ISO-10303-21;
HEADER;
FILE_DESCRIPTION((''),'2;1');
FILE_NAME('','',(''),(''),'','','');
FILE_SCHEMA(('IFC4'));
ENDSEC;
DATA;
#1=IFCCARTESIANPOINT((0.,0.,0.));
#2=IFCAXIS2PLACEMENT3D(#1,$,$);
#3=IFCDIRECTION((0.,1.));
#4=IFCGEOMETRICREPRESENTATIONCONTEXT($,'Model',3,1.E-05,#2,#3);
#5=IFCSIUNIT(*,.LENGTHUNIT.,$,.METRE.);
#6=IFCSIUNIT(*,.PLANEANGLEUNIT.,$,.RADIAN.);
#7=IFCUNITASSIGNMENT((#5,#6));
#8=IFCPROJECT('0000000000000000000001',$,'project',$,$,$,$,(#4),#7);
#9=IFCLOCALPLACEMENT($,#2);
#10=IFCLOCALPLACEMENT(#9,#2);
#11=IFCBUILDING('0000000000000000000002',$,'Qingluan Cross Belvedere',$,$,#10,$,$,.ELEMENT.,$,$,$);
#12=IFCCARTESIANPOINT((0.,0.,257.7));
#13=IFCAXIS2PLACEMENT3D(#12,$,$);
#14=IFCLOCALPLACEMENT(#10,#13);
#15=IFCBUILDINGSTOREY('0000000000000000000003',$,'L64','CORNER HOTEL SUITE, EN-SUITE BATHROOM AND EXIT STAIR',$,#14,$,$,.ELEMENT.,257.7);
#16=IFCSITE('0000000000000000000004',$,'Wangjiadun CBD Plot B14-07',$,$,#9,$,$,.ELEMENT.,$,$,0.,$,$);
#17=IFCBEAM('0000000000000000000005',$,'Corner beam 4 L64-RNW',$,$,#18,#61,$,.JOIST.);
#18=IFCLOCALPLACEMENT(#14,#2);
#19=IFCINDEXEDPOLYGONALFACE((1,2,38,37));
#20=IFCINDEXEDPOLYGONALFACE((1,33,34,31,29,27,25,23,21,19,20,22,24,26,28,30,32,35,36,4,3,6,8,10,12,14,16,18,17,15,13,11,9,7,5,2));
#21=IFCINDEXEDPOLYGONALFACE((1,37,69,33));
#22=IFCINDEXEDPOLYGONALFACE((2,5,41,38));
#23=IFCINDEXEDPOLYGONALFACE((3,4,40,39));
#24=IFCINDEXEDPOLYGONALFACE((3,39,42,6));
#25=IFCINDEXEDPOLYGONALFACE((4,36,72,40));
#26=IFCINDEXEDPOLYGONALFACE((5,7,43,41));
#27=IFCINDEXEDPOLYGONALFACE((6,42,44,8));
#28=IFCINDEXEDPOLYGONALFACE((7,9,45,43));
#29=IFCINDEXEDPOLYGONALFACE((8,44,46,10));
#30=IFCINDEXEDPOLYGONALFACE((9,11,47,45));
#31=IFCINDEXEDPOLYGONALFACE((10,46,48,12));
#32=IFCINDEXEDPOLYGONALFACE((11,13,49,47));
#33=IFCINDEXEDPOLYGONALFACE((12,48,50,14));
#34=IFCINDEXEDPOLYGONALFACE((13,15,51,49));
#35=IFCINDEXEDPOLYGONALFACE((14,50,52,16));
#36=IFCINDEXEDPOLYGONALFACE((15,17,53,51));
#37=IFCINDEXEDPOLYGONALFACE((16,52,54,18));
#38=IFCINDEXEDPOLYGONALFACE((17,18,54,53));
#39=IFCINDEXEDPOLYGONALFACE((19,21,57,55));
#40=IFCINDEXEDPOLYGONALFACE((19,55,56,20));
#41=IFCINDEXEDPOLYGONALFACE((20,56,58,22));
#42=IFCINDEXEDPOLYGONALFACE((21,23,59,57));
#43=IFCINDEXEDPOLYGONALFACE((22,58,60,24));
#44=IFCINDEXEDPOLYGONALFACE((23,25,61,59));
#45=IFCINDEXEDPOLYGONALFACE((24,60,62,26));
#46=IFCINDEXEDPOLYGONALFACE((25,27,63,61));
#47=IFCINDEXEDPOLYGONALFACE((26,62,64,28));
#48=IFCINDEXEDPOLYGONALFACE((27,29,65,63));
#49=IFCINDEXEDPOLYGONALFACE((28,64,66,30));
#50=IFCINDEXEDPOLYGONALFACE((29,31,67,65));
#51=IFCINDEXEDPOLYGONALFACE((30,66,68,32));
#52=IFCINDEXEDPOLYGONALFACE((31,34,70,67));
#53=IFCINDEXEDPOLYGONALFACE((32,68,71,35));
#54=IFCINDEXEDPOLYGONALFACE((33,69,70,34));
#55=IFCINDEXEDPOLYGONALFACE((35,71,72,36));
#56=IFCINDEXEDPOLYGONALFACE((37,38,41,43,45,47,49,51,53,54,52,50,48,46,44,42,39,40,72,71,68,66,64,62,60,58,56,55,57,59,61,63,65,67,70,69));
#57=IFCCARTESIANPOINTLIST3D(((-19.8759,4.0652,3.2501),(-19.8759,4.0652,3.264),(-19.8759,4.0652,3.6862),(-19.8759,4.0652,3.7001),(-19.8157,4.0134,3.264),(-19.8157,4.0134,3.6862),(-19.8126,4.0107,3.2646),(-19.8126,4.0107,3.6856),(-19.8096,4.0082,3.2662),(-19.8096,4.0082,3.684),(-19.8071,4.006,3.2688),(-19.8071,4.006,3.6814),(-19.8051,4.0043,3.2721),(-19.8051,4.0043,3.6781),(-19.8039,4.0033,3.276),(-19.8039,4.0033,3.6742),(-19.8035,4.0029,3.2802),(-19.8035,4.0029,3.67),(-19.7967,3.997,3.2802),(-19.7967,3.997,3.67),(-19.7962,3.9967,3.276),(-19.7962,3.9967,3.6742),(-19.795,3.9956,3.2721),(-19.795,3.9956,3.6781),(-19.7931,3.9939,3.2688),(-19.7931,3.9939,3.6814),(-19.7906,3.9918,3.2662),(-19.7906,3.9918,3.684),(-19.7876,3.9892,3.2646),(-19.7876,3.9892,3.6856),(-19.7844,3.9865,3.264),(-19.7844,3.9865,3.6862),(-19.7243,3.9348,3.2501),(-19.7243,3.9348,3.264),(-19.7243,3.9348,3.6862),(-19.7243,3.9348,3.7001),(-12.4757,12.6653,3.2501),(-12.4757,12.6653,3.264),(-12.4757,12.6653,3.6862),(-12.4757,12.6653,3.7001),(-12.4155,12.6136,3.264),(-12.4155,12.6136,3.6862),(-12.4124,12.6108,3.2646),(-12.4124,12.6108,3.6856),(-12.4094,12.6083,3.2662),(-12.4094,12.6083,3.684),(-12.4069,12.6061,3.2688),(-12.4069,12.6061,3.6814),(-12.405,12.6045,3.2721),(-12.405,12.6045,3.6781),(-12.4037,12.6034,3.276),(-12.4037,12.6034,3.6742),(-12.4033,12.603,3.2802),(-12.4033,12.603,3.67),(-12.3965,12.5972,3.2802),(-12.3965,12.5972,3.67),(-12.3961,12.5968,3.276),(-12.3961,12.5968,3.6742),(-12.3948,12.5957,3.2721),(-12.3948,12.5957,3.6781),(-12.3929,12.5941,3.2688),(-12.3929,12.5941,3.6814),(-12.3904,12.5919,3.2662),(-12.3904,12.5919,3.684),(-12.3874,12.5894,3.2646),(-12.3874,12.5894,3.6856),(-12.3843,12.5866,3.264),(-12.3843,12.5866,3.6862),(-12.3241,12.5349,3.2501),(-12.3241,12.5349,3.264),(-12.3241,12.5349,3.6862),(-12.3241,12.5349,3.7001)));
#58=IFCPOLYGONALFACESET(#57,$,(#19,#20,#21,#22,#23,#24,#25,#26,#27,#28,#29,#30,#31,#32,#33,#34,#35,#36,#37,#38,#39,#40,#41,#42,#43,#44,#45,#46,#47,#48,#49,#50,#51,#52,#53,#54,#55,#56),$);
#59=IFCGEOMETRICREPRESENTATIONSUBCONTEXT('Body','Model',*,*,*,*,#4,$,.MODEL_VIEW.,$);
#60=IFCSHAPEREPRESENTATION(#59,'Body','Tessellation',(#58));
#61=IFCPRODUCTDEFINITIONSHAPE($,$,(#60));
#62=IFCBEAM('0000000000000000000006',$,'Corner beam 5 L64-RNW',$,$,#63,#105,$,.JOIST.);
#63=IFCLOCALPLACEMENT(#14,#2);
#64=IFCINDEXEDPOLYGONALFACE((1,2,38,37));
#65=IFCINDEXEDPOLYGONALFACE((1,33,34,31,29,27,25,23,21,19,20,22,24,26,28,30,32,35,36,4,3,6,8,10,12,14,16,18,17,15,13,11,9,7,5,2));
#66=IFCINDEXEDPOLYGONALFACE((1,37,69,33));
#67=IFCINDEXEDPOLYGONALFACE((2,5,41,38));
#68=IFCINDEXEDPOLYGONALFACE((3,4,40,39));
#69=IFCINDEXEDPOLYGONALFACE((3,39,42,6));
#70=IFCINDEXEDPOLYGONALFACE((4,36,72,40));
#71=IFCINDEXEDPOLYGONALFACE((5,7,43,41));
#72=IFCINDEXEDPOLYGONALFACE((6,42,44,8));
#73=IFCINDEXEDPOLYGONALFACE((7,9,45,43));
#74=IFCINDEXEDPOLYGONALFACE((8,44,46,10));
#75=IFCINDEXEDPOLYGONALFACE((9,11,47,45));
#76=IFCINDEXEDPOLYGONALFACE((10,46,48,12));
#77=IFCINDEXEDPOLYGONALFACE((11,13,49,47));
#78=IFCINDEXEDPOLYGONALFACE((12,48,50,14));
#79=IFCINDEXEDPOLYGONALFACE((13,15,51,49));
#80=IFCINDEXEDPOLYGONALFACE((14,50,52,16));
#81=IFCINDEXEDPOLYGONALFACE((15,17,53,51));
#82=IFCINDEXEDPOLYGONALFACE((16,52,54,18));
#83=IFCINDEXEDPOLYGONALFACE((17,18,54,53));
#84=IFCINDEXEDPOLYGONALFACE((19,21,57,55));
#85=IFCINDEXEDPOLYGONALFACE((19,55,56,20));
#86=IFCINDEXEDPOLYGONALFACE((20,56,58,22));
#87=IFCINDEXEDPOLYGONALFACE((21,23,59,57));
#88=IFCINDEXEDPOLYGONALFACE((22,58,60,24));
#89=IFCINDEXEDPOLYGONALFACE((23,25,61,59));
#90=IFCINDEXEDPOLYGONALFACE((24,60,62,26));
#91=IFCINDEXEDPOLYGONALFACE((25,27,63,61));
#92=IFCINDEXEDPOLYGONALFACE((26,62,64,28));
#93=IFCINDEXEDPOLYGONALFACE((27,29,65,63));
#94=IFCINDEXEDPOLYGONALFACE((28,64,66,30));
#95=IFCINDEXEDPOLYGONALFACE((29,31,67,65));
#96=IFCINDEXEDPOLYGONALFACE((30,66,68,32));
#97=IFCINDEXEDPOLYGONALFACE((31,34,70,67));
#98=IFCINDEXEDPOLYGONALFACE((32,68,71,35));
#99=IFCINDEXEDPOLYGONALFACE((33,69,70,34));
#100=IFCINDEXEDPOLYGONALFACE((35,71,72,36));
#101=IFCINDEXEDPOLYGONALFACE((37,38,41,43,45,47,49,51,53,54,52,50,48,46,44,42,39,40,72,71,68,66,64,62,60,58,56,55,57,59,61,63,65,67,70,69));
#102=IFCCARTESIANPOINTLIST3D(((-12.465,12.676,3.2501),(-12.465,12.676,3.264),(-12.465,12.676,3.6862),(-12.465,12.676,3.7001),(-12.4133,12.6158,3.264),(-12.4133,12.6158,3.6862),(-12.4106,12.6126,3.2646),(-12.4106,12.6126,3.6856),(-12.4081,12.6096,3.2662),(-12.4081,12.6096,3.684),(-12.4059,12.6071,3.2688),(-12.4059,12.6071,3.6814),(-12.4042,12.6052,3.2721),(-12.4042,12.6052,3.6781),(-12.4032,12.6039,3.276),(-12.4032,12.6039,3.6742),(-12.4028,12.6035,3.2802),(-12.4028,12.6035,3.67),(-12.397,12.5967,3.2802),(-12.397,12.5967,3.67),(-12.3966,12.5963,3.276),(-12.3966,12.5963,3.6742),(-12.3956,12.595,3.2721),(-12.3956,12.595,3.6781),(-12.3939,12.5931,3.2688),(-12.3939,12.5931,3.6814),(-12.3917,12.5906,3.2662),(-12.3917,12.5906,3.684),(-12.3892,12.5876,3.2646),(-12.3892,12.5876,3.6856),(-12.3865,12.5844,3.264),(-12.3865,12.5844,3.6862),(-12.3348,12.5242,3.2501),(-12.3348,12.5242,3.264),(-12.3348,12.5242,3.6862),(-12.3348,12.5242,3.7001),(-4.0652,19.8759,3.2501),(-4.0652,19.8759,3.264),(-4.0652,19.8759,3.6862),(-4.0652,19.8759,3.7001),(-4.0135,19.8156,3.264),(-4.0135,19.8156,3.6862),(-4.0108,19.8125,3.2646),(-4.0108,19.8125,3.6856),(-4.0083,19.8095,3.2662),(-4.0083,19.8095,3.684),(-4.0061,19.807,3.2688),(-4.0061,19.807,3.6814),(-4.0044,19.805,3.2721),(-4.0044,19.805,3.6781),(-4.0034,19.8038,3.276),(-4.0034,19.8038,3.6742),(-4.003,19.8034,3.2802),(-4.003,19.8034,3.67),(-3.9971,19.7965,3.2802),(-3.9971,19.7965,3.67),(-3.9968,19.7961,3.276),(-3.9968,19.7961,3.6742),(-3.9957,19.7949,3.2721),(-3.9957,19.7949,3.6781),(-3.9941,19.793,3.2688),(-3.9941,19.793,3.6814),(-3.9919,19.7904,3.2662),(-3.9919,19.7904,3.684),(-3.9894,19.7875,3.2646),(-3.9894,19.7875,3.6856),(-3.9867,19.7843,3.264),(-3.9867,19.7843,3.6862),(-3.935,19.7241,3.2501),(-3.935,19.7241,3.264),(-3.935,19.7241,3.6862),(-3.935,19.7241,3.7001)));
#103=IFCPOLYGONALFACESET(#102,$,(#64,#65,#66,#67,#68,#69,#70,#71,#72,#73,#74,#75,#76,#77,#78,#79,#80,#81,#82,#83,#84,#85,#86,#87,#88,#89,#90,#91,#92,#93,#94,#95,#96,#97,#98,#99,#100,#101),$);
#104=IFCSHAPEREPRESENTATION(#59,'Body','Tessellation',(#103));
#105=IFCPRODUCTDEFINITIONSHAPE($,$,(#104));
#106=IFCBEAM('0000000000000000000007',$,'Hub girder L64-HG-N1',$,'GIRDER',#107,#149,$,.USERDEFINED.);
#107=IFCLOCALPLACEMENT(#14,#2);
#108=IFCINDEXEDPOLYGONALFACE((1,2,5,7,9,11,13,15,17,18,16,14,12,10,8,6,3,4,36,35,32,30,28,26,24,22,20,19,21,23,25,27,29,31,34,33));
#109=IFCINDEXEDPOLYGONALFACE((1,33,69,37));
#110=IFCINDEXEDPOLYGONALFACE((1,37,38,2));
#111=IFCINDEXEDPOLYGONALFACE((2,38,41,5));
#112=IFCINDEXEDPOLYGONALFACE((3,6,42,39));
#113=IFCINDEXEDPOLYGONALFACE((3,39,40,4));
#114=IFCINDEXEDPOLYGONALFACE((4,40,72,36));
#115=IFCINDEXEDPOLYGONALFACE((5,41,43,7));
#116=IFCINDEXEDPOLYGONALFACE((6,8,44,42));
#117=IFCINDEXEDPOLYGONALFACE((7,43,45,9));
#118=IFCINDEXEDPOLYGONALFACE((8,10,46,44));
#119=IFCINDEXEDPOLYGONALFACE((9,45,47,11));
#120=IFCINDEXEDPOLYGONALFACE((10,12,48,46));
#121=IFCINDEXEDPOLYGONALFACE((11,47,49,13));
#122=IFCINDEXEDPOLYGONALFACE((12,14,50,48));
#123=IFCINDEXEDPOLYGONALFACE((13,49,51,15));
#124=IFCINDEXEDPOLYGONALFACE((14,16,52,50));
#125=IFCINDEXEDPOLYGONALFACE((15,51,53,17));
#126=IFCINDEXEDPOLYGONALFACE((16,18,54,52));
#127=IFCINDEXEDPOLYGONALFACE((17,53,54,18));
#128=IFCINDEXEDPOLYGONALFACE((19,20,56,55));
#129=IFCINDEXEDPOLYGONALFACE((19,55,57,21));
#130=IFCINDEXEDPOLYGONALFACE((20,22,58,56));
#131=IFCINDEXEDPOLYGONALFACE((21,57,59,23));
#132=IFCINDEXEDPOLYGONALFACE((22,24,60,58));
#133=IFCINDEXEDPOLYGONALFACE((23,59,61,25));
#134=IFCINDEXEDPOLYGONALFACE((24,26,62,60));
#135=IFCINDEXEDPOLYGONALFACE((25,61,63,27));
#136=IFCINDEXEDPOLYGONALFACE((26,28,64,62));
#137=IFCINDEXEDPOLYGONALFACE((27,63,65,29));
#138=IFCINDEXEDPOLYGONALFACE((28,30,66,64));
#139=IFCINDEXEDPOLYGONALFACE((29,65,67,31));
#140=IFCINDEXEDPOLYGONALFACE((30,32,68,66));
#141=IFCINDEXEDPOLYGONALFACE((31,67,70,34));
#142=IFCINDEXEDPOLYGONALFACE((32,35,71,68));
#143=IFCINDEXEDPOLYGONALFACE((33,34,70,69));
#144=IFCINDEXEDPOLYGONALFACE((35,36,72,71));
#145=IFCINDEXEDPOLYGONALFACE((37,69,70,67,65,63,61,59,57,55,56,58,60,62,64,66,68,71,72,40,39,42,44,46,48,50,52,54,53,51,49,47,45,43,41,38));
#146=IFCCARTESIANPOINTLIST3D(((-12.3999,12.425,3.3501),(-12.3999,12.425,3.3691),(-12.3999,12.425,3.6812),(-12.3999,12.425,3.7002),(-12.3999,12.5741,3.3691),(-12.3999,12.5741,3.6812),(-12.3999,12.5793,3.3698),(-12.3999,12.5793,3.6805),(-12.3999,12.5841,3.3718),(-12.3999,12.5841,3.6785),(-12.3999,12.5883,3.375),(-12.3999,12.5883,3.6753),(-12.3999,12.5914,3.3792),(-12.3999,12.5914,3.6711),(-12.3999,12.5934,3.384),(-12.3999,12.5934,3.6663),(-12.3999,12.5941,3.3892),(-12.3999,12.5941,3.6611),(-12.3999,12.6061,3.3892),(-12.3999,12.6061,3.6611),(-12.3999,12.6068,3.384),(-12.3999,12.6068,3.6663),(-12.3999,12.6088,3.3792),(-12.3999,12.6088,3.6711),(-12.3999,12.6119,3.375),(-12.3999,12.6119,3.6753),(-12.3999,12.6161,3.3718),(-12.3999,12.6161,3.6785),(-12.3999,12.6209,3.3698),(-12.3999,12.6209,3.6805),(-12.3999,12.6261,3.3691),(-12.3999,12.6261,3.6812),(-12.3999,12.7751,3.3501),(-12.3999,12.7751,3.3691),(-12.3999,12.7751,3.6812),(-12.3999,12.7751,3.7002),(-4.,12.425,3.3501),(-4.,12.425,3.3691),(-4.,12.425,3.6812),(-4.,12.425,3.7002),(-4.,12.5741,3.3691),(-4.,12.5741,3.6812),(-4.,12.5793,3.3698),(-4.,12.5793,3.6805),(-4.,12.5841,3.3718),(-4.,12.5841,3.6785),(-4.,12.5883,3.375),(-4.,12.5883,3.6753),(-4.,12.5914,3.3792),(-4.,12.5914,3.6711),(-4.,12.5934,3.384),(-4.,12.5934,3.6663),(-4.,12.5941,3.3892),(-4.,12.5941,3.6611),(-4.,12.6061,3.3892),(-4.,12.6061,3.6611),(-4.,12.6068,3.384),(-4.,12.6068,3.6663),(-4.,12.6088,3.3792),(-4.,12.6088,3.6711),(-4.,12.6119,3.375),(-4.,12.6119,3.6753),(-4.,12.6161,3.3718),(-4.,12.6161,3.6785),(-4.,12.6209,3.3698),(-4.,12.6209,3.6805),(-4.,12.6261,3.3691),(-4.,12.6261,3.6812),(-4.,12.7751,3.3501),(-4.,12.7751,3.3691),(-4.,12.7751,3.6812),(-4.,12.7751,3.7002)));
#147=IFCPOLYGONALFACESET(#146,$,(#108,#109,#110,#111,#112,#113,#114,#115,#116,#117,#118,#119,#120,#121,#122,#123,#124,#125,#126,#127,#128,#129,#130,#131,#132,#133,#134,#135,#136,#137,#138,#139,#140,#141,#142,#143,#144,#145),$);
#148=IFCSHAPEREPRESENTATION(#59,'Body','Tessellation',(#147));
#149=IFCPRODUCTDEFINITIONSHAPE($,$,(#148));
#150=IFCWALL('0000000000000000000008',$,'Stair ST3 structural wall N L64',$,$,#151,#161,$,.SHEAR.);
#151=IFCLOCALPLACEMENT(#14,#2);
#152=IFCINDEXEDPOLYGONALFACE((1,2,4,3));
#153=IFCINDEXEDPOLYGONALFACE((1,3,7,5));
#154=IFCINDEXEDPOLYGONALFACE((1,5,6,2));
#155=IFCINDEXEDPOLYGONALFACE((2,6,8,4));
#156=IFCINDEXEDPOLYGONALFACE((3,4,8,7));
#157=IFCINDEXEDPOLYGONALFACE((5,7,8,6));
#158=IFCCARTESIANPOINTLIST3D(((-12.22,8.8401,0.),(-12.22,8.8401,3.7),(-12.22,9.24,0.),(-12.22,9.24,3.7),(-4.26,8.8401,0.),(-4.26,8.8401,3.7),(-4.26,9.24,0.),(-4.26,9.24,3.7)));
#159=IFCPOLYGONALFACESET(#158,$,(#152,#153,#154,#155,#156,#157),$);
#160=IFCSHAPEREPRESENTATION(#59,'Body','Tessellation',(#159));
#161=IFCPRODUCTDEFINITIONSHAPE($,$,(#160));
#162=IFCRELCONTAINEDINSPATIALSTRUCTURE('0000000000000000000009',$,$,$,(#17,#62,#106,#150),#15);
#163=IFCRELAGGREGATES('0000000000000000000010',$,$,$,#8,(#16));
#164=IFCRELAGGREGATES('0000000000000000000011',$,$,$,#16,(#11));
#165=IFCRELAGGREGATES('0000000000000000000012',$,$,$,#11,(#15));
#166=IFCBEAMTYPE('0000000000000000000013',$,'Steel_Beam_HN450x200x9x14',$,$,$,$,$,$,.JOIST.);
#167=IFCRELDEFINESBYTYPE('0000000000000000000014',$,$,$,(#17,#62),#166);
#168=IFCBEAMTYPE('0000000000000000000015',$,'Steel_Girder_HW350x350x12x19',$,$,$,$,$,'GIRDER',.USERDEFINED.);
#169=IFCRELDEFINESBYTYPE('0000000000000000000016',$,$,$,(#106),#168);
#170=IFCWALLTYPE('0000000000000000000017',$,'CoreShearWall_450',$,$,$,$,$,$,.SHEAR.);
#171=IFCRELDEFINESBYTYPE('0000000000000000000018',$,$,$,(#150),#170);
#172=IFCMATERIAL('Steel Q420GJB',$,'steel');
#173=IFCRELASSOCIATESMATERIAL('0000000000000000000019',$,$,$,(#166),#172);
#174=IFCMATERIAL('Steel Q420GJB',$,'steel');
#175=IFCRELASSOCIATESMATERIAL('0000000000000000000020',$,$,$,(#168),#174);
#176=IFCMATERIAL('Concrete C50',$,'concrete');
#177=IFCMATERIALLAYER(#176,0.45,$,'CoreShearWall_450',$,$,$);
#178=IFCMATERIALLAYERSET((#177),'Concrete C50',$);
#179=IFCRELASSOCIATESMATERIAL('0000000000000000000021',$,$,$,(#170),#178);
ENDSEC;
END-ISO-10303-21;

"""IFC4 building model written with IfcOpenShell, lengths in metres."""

from ifc_helpers import new_model, si_unit, direction, frame, frame_2d, origin, origin_2d, place, context, subcontext, project, spatial, rectangle, i_section, extrude, material, layer, layer_set, material_profile, profile_set, type_object, element, save


model = new_model("IFC4")

# Units and contexts
model_context = context("Model", 3, precision=1e-05, world=origin(), true_north=direction((0.0, 1.0)))
body_context = subcontext(model_context, "Body", "Model", "MODEL_VIEW")
ifc_project = project(units=[si_unit("LENGTHUNIT", "METRE"), si_unit("PLANEANGLEUNIT", "RADIAN")], contexts=[model_context])

# Site, building, storey
site_placement = place(None, origin())
site = spatial("IfcSite", under=ifc_project, at=site_placement, Name="Wangjiadun CBD Plot B14-07", CompositionType="ELEMENT", RefElevation=0.0)
building_placement = place(site_placement, origin())
building = spatial("IfcBuilding", under=site, at=building_placement, Name="Qingluan Cross Belvedere", CompositionType="ELEMENT")
storey_placement = place(building_placement, frame((0.0, 0.0, 257.7)))
storey = spatial("IfcBuildingStorey", under=building, at=storey_placement, Name="L64", Description="CORNER HOTEL SUITE, EN-SUITE BATHROOM AND EXIT STAIR", CompositionType="ELEMENT", Elevation=257.7)

# Beams
ifc_material_1 = material(Name="Steel Q420GJB", Category="steel")
ifc_material_profile_1 = material_profile(ifc_material_1, i_section(OverallWidth=0.2, OverallDepth=0.45, WebThickness=0.009, FlangeThickness=0.0139, FilletRadius=0.0161, at=origin_2d()), Name="HN450x200x9x14")
ifc_profile_set_1 = profile_set([ifc_material_profile_1], Name="Steel Q420GJB")
beam_type_1 = type_object("IfcBeamType", Name="Steel_Beam_HN450x200x9x14", PredefinedType="JOIST", material=ifc_profile_set_1)
beam_1_placement = place(storey_placement, frame((-12.3999, 12.6001, 3.4751), z_axis=(-0.652245, -0.758008, 0.0), x_axis=(0.758008, -0.652245, 0.0)))
element("IfcBeam", 1, at=beam_1_placement, inside=storey, type_object=beam_type_1, Name="Corner beam 4 L64-RNW", PredefinedType="JOIST", context=body_context, shape_type="SweptSolid", body=[
    extrude(i_section(OverallWidth=0.2, OverallDepth=0.45, WebThickness=0.009, FlangeThickness=0.0139, FilletRadius=0.0161, at=origin_2d()), origin(), (0.0, 0.0, 1.0), 11.3457),
])
beam_2_placement = place(storey_placement, frame((-12.3999, 12.6001, 3.4751), z_axis=(0.759255, 0.650793, 0.0), x_axis=(-0.650793, 0.759255, 0.0)))
element("IfcBeam", 2, at=beam_2_placement, inside=storey, type_object=beam_type_1, Name="Corner beam 5 L64-RNW", PredefinedType="JOIST", context=body_context, shape_type="SweptSolid", body=[
    extrude(i_section(OverallWidth=0.2, OverallDepth=0.45, WebThickness=0.009, FlangeThickness=0.0139, FilletRadius=0.0161, at=origin_2d()), origin(), (0.0, 0.0, 1.0), 11.0632),
])
ifc_material_2 = material(Name="Steel Q420GJB", Category="steel")
ifc_material_profile_2 = material_profile(ifc_material_2, i_section(OverallWidth=0.3501, OverallDepth=0.3501, WebThickness=0.012, FlangeThickness=0.019, FilletRadius=0.02, at=origin_2d()), Name="HW350x350x12x19")
ifc_profile_set_2 = profile_set([ifc_material_profile_2], Name="Steel Q420GJB")
beam_type_2 = type_object("IfcBeamType", Name="Steel_Girder_HW350x350x12x19", ElementType="GIRDER", PredefinedType="USERDEFINED", material=ifc_profile_set_2)
beam_3_placement = place(storey_placement, frame((-12.3999, 12.6001, 3.5251), z_axis=(1.0, 0.0, 0.0), x_axis=(0.0, 1.0, 0.0)))
element("IfcBeam", 3, at=beam_3_placement, inside=storey, type_object=beam_type_2, Name="Hub girder L64-HG-N1", ObjectType="GIRDER", PredefinedType="USERDEFINED", context=body_context, shape_type="SweptSolid", body=[
    extrude(i_section(OverallWidth=0.3501, OverallDepth=0.3501, WebThickness=0.012, FlangeThickness=0.019, FilletRadius=0.02, at=origin_2d()), origin(), (0.0, 0.0, 1.0), 8.3999),
])

# Wall
ifc_material_3 = material(Name="Concrete C50", Category="concrete")
ifc_layer_1 = layer(ifc_material_3, 0.45, Name="CoreShearWall_450")
ifc_layer_set_1 = layer_set([ifc_layer_1], Name="Concrete C50")
wall_type_1 = type_object("IfcWallType", Name="CoreShearWall_450", PredefinedType="SHEAR", material=ifc_layer_set_1)
wall_1_placement = place(storey_placement, frame((-12.22, 9.04, 0.0), z_axis=(0.0, 0.0, 1.0), x_axis=(1.0, 0.0, 0.0)))
element("IfcWall", 4, at=wall_1_placement, inside=storey, type_object=wall_type_1, Name="Stair ST3 structural wall N L64", PredefinedType="SHEAR", context=body_context, shape_type="SweptSolid", body=[
    extrude(rectangle(XDim=7.96, YDim=0.3999, at=frame_2d((3.98, 0.0))), origin(), (0.0, 0.0, 1.0), 3.7),
])

save(model, "model.ifc")
